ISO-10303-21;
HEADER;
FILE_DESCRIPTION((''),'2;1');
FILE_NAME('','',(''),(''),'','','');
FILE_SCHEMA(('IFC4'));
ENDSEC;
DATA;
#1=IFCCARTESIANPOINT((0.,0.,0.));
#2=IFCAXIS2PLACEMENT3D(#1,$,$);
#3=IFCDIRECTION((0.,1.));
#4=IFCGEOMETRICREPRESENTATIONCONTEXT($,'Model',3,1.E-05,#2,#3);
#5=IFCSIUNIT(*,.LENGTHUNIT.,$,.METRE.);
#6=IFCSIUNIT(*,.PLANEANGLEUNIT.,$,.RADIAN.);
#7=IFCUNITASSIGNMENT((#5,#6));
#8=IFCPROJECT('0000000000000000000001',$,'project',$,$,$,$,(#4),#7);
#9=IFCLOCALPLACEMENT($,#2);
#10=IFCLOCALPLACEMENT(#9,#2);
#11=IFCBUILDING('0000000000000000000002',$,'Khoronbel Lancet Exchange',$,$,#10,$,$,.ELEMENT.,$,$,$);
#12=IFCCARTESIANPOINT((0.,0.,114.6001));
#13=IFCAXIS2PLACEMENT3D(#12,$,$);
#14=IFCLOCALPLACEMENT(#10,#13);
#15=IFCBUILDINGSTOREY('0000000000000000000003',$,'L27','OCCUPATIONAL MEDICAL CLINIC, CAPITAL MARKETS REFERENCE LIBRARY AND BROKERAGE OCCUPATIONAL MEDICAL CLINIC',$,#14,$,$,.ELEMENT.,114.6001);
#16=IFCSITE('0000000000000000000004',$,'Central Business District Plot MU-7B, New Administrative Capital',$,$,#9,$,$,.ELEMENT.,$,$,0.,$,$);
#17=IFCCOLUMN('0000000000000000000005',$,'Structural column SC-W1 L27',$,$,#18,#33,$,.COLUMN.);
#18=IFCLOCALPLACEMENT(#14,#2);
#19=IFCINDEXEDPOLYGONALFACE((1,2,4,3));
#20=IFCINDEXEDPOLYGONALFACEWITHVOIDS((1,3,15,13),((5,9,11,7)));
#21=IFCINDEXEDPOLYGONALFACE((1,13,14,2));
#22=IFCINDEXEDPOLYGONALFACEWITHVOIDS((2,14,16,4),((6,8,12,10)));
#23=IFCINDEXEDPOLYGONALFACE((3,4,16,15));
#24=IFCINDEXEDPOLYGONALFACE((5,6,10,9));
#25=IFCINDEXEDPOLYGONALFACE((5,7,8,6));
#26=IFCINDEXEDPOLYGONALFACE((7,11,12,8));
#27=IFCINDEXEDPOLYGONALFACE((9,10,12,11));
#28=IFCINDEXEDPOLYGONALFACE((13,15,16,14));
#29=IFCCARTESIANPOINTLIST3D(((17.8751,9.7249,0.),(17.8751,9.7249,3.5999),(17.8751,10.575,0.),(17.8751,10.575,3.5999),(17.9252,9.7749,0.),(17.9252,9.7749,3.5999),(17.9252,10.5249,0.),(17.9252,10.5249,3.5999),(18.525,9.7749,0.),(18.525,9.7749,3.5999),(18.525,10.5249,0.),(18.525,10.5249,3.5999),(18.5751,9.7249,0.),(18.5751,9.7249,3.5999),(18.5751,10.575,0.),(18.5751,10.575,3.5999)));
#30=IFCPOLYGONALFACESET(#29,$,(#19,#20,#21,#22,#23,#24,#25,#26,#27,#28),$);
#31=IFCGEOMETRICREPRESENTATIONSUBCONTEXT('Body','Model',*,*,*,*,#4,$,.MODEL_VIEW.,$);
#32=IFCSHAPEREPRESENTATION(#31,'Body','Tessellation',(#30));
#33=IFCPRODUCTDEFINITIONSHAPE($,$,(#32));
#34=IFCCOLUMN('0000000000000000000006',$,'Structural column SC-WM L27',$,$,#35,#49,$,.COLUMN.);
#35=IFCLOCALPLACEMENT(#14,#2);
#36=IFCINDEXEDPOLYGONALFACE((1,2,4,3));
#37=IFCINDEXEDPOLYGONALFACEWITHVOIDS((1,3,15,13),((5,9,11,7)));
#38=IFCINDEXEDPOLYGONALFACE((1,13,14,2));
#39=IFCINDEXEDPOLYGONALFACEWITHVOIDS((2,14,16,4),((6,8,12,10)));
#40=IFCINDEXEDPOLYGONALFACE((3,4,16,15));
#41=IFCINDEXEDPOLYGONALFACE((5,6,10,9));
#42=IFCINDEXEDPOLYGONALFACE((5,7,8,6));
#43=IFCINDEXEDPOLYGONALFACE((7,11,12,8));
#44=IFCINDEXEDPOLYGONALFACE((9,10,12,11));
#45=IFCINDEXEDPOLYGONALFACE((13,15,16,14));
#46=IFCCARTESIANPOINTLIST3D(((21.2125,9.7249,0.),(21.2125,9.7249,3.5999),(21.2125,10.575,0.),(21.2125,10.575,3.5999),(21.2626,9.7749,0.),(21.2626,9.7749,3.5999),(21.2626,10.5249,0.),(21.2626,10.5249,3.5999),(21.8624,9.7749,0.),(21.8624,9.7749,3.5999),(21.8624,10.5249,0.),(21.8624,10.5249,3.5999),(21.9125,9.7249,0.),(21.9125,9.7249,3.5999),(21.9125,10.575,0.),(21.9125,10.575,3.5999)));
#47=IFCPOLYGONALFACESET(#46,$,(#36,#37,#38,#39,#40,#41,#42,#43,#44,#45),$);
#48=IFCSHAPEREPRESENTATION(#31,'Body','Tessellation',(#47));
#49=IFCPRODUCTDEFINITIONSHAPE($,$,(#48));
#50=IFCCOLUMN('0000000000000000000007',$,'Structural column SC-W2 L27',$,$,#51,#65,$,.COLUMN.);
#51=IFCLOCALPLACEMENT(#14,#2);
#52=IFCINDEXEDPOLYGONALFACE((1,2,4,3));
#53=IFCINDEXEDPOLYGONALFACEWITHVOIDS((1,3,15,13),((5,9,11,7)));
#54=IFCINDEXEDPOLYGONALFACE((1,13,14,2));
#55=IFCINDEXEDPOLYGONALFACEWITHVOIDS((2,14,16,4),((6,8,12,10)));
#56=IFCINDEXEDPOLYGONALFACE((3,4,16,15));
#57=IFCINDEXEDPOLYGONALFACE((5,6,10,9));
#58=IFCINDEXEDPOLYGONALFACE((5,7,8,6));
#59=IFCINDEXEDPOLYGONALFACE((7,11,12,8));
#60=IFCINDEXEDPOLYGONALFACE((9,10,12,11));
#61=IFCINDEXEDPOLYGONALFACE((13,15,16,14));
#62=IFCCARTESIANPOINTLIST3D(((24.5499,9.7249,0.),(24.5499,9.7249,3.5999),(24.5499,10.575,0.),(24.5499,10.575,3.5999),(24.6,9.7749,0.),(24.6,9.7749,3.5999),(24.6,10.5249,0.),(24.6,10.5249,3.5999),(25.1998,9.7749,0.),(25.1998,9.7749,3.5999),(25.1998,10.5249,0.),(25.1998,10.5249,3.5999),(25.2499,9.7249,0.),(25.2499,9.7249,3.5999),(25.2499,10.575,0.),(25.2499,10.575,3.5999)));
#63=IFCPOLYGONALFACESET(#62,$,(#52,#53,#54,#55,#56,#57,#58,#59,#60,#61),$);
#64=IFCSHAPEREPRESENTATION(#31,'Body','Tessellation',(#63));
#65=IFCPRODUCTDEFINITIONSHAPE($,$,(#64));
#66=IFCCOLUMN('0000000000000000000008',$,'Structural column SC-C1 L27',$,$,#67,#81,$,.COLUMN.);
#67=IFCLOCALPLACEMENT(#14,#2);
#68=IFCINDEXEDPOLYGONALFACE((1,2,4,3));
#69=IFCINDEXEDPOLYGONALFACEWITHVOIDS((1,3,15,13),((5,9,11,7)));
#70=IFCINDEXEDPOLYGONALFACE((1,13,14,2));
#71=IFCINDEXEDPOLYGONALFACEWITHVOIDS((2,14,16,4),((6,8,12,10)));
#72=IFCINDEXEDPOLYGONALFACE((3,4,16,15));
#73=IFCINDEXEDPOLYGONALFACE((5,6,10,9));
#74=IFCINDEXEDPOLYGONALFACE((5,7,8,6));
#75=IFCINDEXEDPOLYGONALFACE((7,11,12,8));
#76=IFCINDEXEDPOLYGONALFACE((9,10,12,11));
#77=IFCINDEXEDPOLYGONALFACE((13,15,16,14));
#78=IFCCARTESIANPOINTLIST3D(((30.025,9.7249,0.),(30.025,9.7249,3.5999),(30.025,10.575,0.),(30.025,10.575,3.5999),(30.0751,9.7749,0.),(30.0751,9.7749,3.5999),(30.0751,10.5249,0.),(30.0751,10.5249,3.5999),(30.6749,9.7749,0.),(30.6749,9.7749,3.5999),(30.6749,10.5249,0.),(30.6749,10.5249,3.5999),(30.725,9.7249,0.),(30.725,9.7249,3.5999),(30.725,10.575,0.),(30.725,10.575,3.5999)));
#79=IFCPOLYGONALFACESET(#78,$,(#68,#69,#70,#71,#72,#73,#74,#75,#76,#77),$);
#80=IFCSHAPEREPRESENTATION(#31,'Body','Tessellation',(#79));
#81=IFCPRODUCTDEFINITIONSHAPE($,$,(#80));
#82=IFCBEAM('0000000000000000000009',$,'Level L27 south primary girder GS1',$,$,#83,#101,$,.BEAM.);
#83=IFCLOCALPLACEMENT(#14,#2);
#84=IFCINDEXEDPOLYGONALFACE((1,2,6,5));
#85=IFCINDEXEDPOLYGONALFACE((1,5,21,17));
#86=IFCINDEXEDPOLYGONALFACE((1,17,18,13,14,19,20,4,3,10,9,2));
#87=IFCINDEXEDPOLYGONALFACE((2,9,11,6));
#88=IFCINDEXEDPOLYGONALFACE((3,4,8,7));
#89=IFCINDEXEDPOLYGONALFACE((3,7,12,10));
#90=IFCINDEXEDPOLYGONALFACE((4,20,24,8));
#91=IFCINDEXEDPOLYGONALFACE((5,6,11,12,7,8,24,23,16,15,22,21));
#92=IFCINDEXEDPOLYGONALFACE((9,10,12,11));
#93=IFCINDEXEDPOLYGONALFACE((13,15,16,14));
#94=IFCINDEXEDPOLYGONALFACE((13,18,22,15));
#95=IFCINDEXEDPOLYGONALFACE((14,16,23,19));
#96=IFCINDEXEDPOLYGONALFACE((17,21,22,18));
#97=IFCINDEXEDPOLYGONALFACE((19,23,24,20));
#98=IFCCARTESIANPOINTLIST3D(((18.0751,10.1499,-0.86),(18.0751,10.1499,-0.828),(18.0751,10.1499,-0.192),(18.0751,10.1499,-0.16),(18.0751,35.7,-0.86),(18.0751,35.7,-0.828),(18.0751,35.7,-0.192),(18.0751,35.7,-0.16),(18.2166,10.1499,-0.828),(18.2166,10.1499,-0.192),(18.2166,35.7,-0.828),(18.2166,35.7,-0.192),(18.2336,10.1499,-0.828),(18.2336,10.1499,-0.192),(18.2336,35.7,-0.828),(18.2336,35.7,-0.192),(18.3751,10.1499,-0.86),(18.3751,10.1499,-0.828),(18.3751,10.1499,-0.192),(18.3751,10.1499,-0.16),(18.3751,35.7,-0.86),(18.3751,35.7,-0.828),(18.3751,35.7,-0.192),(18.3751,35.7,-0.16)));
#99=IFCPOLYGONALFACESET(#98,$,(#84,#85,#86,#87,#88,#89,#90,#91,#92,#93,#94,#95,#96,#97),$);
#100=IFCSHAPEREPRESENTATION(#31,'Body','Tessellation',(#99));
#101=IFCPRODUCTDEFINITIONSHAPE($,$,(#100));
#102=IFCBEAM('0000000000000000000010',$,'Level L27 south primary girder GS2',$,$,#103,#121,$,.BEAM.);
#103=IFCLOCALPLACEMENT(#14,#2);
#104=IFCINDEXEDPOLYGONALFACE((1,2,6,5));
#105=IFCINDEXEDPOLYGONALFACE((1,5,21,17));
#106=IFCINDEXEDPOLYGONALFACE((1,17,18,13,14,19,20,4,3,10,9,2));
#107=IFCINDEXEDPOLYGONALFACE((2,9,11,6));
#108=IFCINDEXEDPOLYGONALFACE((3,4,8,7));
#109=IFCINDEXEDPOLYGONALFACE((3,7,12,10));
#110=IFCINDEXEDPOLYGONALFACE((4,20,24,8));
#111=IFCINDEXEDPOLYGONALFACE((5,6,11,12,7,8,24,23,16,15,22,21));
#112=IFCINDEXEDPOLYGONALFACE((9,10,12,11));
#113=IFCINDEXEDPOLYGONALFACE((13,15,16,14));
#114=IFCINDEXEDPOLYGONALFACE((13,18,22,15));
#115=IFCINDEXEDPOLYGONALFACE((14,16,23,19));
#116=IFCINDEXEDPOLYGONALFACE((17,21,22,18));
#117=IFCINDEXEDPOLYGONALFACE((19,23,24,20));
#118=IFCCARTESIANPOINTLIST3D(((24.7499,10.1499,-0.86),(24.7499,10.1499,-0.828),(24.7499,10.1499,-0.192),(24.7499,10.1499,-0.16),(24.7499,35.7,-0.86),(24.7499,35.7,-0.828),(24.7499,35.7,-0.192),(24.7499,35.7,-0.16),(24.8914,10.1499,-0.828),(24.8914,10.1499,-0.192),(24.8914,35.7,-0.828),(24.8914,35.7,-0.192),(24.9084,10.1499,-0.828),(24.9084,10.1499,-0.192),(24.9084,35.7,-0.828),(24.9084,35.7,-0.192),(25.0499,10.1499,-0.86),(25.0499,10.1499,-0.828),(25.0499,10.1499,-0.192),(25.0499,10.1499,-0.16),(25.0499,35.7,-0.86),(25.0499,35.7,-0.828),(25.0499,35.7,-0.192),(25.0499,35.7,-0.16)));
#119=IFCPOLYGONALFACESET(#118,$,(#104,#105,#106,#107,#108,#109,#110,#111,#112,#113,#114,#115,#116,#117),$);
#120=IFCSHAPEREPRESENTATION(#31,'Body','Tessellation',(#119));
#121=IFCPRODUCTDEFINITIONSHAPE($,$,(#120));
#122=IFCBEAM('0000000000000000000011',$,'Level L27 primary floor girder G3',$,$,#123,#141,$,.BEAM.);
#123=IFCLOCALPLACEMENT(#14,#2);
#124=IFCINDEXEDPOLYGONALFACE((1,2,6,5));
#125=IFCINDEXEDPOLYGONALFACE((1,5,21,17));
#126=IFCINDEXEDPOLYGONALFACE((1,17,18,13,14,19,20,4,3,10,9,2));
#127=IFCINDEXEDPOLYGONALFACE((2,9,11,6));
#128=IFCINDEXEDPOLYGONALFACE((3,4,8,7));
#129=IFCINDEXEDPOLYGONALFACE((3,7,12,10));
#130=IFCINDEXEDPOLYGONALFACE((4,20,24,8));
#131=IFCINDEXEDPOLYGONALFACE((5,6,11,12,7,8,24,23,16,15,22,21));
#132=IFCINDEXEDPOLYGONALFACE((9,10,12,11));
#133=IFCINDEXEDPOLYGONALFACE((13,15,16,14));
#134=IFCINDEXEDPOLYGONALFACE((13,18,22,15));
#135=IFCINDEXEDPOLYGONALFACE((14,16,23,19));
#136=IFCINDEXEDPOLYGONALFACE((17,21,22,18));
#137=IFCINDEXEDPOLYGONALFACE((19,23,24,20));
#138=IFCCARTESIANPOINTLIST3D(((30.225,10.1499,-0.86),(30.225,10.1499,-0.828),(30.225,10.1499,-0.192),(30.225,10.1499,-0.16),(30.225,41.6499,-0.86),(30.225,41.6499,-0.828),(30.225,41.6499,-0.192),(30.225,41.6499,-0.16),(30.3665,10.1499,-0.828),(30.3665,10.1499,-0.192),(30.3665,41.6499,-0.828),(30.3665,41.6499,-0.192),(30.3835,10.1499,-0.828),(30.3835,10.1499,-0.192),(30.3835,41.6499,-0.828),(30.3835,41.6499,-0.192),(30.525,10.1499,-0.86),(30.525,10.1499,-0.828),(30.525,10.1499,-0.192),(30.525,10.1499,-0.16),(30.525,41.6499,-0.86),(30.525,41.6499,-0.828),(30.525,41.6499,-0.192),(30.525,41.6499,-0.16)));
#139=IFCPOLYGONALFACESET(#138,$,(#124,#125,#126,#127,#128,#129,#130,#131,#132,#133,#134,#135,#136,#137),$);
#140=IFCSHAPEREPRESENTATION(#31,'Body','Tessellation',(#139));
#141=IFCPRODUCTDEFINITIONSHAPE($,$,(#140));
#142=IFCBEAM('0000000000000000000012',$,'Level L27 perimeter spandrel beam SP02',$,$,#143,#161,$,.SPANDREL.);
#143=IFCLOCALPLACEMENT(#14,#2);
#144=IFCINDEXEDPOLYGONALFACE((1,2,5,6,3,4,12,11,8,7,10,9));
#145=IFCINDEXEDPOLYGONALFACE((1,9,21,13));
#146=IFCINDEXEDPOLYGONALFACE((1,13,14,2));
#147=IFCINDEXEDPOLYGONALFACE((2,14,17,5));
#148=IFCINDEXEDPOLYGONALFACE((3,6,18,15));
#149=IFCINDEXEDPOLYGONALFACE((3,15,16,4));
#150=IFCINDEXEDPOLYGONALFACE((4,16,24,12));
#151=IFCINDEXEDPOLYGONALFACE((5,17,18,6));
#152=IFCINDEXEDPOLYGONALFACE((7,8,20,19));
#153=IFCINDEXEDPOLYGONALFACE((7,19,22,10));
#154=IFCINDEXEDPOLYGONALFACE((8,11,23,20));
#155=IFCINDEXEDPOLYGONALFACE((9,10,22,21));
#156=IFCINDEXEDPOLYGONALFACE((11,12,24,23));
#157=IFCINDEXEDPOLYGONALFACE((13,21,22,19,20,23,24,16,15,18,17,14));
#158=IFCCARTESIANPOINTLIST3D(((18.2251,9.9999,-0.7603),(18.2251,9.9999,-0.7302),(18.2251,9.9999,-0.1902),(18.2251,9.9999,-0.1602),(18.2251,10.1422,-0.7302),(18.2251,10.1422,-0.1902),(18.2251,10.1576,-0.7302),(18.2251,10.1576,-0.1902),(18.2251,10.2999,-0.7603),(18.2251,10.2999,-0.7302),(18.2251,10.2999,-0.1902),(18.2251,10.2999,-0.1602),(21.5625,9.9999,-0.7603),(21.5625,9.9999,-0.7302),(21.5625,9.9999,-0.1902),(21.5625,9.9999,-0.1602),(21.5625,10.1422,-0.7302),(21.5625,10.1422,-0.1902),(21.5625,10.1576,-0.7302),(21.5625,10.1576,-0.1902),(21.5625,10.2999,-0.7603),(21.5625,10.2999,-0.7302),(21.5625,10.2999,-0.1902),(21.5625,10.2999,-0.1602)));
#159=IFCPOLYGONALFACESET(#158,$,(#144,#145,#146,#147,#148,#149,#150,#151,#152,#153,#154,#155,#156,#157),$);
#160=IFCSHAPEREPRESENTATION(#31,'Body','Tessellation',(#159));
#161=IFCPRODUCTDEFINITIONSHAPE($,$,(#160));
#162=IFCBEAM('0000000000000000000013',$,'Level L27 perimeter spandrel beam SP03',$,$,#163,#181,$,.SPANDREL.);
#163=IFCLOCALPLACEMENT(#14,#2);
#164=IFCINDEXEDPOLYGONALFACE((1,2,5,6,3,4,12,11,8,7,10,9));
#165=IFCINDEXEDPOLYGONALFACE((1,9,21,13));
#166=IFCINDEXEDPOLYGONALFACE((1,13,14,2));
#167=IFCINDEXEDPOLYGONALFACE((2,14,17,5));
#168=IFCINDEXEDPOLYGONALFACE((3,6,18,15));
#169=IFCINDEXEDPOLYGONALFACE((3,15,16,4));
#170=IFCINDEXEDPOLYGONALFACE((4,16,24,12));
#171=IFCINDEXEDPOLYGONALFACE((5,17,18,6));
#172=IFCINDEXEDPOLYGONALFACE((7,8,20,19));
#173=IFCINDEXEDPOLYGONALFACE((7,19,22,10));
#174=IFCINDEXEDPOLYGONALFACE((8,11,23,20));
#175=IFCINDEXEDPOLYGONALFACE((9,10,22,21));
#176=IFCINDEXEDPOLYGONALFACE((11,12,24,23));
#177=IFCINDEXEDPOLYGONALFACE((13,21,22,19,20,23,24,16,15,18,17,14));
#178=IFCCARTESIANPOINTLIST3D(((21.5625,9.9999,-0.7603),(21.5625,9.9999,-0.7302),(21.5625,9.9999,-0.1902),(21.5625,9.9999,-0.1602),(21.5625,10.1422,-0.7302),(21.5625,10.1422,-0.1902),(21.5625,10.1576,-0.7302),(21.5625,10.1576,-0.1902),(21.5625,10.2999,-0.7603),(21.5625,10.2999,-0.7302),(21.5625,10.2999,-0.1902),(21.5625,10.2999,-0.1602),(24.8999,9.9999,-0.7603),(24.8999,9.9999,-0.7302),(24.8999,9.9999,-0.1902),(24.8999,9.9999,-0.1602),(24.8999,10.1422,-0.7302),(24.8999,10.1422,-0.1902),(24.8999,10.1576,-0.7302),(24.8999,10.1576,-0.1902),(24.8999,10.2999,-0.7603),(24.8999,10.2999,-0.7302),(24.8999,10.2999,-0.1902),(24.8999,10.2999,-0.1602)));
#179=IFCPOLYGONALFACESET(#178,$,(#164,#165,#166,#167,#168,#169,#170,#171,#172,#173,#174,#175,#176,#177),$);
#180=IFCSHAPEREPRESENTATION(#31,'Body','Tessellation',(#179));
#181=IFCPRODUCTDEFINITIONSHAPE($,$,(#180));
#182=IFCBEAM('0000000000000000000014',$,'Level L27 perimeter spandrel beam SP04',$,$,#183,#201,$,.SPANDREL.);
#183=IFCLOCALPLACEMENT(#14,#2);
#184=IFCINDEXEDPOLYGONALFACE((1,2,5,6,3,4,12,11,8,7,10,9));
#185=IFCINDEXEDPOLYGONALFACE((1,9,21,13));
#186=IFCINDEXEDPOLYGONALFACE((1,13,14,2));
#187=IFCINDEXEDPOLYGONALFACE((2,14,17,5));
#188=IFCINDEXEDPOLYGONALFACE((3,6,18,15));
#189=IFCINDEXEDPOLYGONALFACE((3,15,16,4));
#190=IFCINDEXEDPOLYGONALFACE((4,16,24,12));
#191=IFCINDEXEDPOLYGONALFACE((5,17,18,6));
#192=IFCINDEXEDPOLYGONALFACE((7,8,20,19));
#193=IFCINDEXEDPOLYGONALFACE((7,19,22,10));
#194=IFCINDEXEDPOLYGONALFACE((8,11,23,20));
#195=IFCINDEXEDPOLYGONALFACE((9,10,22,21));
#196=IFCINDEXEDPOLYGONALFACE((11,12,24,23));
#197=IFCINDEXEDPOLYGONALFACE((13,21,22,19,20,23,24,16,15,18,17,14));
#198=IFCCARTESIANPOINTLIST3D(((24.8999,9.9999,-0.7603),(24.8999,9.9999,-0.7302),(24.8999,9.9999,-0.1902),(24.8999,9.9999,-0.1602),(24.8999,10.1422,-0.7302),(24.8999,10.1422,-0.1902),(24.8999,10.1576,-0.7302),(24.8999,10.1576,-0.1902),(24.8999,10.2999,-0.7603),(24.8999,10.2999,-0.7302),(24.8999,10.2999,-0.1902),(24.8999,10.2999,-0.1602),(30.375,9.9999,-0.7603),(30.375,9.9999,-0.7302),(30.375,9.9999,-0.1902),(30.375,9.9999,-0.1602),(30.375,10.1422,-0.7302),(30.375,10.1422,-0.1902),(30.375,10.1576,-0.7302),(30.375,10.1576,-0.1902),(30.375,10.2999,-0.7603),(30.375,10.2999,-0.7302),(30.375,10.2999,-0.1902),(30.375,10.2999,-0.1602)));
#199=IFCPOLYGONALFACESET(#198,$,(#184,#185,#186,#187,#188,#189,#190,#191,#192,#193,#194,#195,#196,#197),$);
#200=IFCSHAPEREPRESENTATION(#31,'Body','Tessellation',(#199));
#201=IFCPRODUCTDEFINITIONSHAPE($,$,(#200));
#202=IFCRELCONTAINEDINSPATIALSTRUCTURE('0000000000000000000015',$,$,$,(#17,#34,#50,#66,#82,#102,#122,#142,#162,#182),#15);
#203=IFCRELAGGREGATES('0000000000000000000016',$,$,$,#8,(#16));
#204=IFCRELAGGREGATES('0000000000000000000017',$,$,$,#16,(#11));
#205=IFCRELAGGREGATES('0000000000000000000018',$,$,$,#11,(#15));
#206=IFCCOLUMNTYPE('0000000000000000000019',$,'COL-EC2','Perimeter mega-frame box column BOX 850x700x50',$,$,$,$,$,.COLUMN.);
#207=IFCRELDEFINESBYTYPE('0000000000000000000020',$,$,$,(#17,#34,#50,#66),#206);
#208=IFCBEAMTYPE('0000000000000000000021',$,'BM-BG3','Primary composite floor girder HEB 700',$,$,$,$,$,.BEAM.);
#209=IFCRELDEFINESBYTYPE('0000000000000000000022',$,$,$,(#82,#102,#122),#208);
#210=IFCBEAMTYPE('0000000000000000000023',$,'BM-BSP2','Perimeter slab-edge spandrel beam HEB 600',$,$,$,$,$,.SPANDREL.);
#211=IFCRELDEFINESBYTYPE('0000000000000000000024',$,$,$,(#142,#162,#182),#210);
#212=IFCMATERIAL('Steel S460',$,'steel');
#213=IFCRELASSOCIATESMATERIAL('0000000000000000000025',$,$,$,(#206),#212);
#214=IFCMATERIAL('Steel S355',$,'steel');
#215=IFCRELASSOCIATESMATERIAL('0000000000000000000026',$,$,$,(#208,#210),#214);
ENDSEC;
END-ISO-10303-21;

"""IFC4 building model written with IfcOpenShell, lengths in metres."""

from ifc_helpers import new_model, si_unit, direction, frame, origin, origin_2d, place, context, subcontext, project, spatial, hollow_rectangle, i_section, extrude, material, material_profile, profile_set, type_object, element, save


model = new_model("IFC4")

# Units and contexts
model_context = context("Model", 3, precision=1e-05, world=origin(), true_north=direction((0.0, 1.0)))
body_context = subcontext(model_context, "Body", "Model", "MODEL_VIEW")
ifc_project = project(units=[si_unit("LENGTHUNIT", "METRE"), si_unit("PLANEANGLEUNIT", "RADIAN")], contexts=[model_context])

# Site, building, storey
site_placement = place(None, origin())
site = spatial("IfcSite", under=ifc_project, at=site_placement, Name="Central Business District Plot MU-7B, New Administrative Capital", CompositionType="ELEMENT", RefElevation=0.0)
building_placement = place(site_placement, origin())
building = spatial("IfcBuilding", under=site, at=building_placement, Name="Khoronbel Lancet Exchange", CompositionType="ELEMENT")
storey_placement = place(building_placement, frame((0.0, 0.0, 114.6001)))
storey = spatial("IfcBuildingStorey", under=building, at=storey_placement, Name="L27", Description="OCCUPATIONAL MEDICAL CLINIC, CAPITAL MARKETS REFERENCE LIBRARY AND BROKERAGE OCCUPATIONAL MEDICAL CLINIC", CompositionType="ELEMENT", Elevation=114.6001)

# Columns
ifc_material_1 = material(Name="Steel S460", Category="steel")
ifc_material_profile_1 = material_profile(ifc_material_1, hollow_rectangle(XDim=0.7, YDim=0.8501, WallThickness=0.05, at=origin_2d()), Name="BOX 850x700x50")
ifc_profile_set_1 = profile_set([ifc_material_profile_1], Name="Steel S460")
column_type = type_object("IfcColumnType", Name="COL-EC2", Description="Perimeter mega-frame box column BOX 850x700x50", PredefinedType="COLUMN", material=ifc_profile_set_1)
for number, where, z_axis, x_axis, name in (
    (1, (18.2251, 10.1499, 0.0), (0.0, 0.0, 1.0), (1.0, 0.0, 0.0), "Structural column SC-W1 L27"),
    (2, (21.5625, 10.1499, 0.0), (0.0, 0.0, 1.0), (1.0, 0.0, 0.0), "Structural column SC-WM L27"),
    (3, (24.8999, 10.1499, 0.0), (0.0, 0.0, 1.0), (1.0, 0.0, 0.0), "Structural column SC-W2 L27"),
    (4, (30.375, 10.1499, 0.0), (0.0, 0.0, 1.0), (1.0, 0.0, 0.0), "Structural column SC-C1 L27"),
):
    element("IfcColumn", number, at=place(storey_placement, frame(where, z_axis=z_axis, x_axis=x_axis)), inside=storey, type_object=column_type, Name=name, PredefinedType="COLUMN", context=body_context, shape_type="SweptSolid", body=[
        extrude(hollow_rectangle(XDim=0.7, YDim=0.8501, WallThickness=0.05, at=origin_2d()), origin(), (0.0, 0.0, 1.0), 3.5999),
    ])

# Beams
ifc_material_2 = material(Name="Steel S355", Category="steel")
ifc_material_profile_2 = material_profile(ifc_material_2, i_section(OverallWidth=0.3, OverallDepth=0.7, WebThickness=0.0171, FlangeThickness=0.032, at=origin_2d()), Name="HEB 700")
ifc_profile_set_2 = profile_set([ifc_material_profile_2], Name="Steel S355")
beam_type_1 = type_object("IfcBeamType", Name="BM-BG3", Description="Primary composite floor girder HEB 700", PredefinedType="BEAM", material=ifc_profile_set_2)
for number, where, z_axis, x_axis, name in (
    (5, (18.2251, 10.1499, -0.51), (0.0, 1.0, 0.0), (-1.0, 0.0, 0.0), "Level L27 south primary girder GS1"),
    (6, (24.8999, 10.1499, -0.51), (0.0, 1.0, 0.0), (-1.0, 0.0, 0.0), "Level L27 south primary girder GS2"),
):
    element("IfcBeam", number, at=place(storey_placement, frame(where, z_axis=z_axis, x_axis=x_axis)), inside=storey, type_object=beam_type_1, Name=name, PredefinedType="BEAM", context=body_context, shape_type="SweptSolid", body=[
        extrude(i_section(OverallWidth=0.3, OverallDepth=0.7, WebThickness=0.0171, FlangeThickness=0.032, at=origin_2d()), origin(), (0.0, 0.0, 1.0), 25.55),
    ])
beam_1_placement = place(storey_placement, frame((30.375, 10.1499, -0.51), z_axis=(0.0, 1.0, 0.0), x_axis=(-1.0, 0.0, 0.0)))
element("IfcBeam", 7, at=beam_1_placement, inside=storey, type_object=beam_type_1, Name="Level L27 primary floor girder G3", PredefinedType="BEAM", context=body_context, shape_type="SweptSolid", body=[
    extrude(i_section(OverallWidth=0.3, OverallDepth=0.7, WebThickness=0.0171, FlangeThickness=0.032, at=origin_2d()), origin(), (0.0, 0.0, 1.0), 31.5),
])
ifc_material_profile_3 = material_profile(ifc_material_2, i_section(OverallWidth=0.3, OverallDepth=0.6001, WebThickness=0.0154, FlangeThickness=0.03, at=origin_2d()), Name="HEB 600")
ifc_profile_set_3 = profile_set([ifc_material_profile_3], Name="Steel S355")
beam_type_2 = type_object("IfcBeamType", Name="BM-BSP2", Description="Perimeter slab-edge spandrel beam HEB 600", PredefinedType="SPANDREL", material=ifc_profile_set_3)
for number, where, z_axis, x_axis, name in (
    (8, (18.2251, 10.1499, -0.4602), (1.0, 0.0, 0.0), (0.0, 1.0, 0.0), "Level L27 perimeter spandrel beam SP02"),
    (9, (21.5625, 10.1499, -0.4602), (1.0, 0.0, 0.0), (0.0, 1.0, 0.0), "Level L27 perimeter spandrel beam SP03"),
):
    element("IfcBeam", number, at=place(storey_placement, frame(where, z_axis=z_axis, x_axis=x_axis)), inside=storey, type_object=beam_type_2, Name=name, PredefinedType="SPANDREL", context=body_context, shape_type="SweptSolid", body=[
        extrude(i_section(OverallWidth=0.3, OverallDepth=0.6001, WebThickness=0.0154, FlangeThickness=0.03, at=origin_2d()), origin(), (0.0, 0.0, 1.0), 3.3374),
    ])
beam_2_placement = place(storey_placement, frame((24.8999, 10.1499, -0.4602), z_axis=(1.0, 0.0, 0.0), x_axis=(0.0, 1.0, 0.0)))
element("IfcBeam", 10, at=beam_2_placement, inside=storey, type_object=beam_type_2, Name="Level L27 perimeter spandrel beam SP04", PredefinedType="SPANDREL", context=body_context, shape_type="SweptSolid", body=[
    extrude(i_section(OverallWidth=0.3, OverallDepth=0.6001, WebThickness=0.0154, FlangeThickness=0.03, at=origin_2d()), origin(), (0.0, 0.0, 1.0), 5.4751),
])

save(model, "model.ifc")
